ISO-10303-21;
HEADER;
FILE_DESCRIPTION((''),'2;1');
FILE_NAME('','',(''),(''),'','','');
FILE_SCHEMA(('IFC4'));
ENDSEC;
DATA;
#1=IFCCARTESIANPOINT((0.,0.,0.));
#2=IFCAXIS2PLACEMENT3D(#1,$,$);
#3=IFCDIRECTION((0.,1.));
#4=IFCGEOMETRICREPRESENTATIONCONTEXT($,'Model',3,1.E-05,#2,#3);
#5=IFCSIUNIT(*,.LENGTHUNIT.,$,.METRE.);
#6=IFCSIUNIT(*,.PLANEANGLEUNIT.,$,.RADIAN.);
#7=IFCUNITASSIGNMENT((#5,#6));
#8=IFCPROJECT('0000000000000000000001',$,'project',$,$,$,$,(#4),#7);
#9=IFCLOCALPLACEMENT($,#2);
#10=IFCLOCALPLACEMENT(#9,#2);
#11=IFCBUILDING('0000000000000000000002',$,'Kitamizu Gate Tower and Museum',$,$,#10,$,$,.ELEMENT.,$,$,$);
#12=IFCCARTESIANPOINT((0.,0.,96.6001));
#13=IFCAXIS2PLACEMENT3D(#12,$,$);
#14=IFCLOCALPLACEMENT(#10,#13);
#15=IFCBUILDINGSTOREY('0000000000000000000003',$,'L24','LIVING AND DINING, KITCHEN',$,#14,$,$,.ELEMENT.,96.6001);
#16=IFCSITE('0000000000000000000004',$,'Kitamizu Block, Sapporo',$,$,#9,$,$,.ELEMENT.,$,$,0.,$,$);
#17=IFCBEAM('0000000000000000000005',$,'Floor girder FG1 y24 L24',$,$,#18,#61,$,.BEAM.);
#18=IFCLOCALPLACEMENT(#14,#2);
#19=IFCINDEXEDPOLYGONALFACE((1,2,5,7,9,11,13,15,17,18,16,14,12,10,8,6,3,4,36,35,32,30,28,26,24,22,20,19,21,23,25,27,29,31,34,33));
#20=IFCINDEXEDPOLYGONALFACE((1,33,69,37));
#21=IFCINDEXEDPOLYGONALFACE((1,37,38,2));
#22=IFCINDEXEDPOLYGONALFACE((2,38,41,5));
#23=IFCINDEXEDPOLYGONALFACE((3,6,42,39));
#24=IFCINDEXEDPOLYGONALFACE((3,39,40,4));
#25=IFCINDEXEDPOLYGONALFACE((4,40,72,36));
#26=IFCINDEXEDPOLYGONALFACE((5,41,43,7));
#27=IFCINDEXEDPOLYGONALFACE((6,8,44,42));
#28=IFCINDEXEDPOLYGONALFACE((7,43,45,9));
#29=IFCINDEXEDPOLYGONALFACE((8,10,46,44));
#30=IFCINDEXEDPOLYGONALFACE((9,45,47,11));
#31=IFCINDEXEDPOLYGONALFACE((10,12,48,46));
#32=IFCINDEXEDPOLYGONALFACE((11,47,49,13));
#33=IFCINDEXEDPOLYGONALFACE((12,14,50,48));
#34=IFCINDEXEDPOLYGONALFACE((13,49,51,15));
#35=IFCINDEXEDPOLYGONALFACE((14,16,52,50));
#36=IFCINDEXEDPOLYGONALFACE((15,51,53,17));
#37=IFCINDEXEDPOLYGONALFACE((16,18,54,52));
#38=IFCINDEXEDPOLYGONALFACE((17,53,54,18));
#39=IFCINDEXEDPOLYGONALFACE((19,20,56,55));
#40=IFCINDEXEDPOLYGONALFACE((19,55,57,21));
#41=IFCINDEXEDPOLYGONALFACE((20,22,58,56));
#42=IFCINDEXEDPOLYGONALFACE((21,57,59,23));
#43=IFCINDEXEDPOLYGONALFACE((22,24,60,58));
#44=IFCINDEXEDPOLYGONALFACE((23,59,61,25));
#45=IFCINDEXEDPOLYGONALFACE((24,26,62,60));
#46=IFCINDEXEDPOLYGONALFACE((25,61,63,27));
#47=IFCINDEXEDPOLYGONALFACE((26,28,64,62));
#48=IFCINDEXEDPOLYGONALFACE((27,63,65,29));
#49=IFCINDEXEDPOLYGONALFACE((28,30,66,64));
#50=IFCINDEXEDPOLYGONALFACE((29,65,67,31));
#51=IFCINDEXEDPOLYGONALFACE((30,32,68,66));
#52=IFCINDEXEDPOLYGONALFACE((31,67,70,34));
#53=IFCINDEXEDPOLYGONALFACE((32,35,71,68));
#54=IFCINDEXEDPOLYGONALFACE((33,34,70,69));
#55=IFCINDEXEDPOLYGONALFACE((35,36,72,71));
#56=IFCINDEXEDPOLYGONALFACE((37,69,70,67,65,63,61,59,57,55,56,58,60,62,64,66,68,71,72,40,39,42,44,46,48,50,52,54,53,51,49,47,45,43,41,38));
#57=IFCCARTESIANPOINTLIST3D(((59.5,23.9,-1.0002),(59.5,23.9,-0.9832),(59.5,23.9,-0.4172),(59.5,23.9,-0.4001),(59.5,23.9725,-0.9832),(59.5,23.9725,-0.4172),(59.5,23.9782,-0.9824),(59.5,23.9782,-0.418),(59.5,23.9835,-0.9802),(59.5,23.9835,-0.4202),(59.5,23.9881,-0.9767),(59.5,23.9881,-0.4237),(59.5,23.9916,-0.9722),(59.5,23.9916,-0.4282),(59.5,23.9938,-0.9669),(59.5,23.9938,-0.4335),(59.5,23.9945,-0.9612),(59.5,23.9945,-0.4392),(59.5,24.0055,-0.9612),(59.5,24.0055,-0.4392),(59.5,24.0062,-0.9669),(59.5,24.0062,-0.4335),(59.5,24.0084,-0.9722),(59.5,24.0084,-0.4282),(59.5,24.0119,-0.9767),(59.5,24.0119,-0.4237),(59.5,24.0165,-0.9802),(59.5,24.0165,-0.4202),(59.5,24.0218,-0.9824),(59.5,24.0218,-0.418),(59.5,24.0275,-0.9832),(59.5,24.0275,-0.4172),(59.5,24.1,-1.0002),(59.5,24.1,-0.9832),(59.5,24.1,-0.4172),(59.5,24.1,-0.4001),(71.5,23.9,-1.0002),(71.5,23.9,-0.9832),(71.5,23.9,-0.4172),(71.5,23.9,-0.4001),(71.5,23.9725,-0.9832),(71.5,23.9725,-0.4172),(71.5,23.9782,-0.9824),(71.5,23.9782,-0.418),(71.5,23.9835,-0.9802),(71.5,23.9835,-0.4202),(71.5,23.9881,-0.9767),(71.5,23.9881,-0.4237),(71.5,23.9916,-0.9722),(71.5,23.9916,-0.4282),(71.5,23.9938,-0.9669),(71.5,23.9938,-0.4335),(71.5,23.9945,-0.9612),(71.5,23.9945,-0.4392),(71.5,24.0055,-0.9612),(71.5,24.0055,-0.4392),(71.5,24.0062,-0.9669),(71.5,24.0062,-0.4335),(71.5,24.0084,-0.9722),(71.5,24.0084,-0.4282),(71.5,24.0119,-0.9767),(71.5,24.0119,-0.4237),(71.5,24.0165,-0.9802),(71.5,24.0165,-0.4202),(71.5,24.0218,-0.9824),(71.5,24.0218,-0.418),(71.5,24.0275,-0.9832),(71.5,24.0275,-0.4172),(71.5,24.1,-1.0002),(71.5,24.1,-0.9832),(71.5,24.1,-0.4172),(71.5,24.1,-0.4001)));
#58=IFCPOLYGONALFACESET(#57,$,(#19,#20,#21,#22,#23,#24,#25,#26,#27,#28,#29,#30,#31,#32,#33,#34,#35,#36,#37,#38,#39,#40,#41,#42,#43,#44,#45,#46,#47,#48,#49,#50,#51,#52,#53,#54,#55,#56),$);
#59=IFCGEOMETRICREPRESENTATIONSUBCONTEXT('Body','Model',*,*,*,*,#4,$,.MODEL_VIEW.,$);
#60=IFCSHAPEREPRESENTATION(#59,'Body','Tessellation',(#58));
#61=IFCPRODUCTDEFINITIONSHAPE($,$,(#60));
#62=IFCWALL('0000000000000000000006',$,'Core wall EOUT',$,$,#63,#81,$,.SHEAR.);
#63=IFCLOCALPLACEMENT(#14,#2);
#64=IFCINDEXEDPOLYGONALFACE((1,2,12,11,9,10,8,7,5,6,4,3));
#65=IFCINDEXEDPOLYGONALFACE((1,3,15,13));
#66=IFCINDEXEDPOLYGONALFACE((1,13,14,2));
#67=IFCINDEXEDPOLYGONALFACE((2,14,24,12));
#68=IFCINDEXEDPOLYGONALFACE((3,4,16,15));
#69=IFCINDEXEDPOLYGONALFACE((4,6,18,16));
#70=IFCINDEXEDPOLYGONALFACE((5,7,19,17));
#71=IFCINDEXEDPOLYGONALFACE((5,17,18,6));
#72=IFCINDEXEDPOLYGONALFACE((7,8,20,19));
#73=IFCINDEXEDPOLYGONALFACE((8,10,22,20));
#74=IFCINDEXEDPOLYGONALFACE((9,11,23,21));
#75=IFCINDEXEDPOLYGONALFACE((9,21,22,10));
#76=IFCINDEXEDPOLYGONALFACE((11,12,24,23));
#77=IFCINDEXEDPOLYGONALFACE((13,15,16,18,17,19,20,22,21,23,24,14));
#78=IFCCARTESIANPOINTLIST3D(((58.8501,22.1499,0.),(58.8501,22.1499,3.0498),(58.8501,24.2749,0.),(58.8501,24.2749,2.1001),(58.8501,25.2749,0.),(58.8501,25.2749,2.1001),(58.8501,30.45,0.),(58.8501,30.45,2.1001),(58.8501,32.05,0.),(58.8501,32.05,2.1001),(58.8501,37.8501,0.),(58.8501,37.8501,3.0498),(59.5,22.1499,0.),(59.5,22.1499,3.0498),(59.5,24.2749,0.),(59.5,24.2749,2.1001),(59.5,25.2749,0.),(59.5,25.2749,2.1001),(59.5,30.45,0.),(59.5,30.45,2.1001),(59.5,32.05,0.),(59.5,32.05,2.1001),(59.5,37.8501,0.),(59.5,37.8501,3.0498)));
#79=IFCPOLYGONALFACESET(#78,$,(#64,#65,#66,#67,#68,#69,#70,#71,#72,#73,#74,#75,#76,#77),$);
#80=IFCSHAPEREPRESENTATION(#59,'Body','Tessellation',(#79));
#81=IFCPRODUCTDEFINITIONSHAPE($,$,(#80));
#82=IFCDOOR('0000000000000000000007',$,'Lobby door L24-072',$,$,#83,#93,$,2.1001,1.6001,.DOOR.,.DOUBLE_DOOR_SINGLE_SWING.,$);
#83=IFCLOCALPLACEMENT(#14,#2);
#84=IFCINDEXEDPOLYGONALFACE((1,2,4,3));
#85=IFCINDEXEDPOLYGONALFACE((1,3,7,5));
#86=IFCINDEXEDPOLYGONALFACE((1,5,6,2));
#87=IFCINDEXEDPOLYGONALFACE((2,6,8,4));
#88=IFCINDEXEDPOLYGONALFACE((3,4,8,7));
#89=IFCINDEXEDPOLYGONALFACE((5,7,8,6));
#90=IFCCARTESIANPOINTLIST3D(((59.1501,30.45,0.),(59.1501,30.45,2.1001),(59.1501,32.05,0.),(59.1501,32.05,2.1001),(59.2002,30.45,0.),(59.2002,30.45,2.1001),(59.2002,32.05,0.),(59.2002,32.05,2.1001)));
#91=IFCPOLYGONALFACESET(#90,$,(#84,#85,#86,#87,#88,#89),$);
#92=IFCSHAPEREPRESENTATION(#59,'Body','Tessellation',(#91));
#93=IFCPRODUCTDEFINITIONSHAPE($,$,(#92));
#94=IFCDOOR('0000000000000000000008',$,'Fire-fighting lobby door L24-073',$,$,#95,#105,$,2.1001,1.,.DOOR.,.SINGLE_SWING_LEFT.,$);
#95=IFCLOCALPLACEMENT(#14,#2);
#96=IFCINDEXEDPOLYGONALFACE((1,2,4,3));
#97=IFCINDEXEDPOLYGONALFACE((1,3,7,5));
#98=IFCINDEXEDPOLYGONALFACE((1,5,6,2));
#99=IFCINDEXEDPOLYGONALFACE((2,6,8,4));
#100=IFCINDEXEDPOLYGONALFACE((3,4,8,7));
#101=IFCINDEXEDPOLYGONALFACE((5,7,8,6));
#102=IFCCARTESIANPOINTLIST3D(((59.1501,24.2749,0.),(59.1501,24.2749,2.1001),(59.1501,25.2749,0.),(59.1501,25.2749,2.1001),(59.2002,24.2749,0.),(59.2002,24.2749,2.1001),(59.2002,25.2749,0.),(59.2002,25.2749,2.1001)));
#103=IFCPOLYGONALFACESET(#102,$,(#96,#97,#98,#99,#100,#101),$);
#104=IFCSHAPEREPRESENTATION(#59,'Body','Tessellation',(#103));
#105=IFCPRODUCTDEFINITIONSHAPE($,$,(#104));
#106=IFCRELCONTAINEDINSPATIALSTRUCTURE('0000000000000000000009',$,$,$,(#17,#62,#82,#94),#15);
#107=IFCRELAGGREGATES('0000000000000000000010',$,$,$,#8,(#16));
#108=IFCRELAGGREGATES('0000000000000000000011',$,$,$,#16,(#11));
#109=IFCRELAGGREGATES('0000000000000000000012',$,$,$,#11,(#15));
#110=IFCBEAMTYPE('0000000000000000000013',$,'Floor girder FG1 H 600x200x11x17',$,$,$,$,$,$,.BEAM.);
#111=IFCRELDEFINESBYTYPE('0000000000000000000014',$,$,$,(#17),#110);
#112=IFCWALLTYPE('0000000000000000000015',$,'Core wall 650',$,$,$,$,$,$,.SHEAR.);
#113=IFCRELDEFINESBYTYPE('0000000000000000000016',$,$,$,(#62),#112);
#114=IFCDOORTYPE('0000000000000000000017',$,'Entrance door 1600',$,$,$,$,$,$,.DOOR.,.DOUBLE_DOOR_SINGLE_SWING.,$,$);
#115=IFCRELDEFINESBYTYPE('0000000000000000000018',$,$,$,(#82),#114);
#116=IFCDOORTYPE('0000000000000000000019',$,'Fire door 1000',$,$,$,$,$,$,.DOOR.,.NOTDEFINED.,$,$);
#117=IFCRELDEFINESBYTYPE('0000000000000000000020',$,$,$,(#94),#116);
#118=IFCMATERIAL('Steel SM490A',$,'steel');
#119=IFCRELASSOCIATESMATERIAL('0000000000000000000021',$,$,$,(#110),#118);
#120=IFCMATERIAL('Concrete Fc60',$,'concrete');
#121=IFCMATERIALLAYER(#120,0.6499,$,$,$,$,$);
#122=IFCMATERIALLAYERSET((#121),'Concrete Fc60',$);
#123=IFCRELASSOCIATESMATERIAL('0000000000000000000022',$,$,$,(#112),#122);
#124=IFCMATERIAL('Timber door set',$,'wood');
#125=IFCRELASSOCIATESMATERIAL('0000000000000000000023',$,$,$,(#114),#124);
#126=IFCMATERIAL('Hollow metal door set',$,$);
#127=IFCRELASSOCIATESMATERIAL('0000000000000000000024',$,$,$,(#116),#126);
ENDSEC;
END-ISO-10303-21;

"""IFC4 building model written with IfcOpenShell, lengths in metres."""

from ifc_helpers import new_model, si_unit, direction, frame, frame_2d, origin, origin_2d, place, context, subcontext, project, spatial, rectangle, i_section, extrude, material, layer, layer_set, material_profile, profile_set, type_object, element, fill, save


model = new_model("IFC4")

# Units and contexts
model_context = context("Model", 3, precision=1e-05, world=origin(), true_north=direction((0.0, 1.0)))
body_context = subcontext(model_context, "Body", "Model", "MODEL_VIEW")
ifc_project = project(units=[si_unit("LENGTHUNIT", "METRE"), si_unit("PLANEANGLEUNIT", "RADIAN")], contexts=[model_context])

# Site, building, storey
site_placement = place(None, origin())
site = spatial("IfcSite", under=ifc_project, at=site_placement, Name="Kitamizu Block, Sapporo", CompositionType="ELEMENT", RefElevation=0.0)
building_placement = place(site_placement, origin())
building = spatial("IfcBuilding", under=site, at=building_placement, Name="Kitamizu Gate Tower and Museum", CompositionType="ELEMENT")
storey_placement = place(building_placement, frame((0.0, 0.0, 96.6001)))
storey = spatial("IfcBuildingStorey", under=building, at=storey_placement, Name="L24", Description="LIVING AND DINING, KITCHEN", CompositionType="ELEMENT", Elevation=96.6001)

# Beam
ifc_material_1 = material(Name="Steel SM490A", Category="steel")
ifc_material_profile = material_profile(ifc_material_1, i_section(OverallWidth=0.2, OverallDepth=0.6001, WebThickness=0.011, FlangeThickness=0.0171, FilletRadius=0.022, at=origin_2d()), Name="H-600x200x11x17")
ifc_profile_set = profile_set([ifc_material_profile], Name="Steel SM490A")
beam_type = type_object("IfcBeamType", Name="Floor girder FG1 H 600x200x11x17", PredefinedType="BEAM", material=ifc_profile_set)
beam_placement = place(storey_placement, frame((59.5, 24.0, -0.7002), z_axis=(1.0, 0.0, 0.0), x_axis=(0.0, 1.0, 0.0)))
element("IfcBeam", 1, at=beam_placement, inside=storey, type_object=beam_type, Name="Floor girder FG1 y24 L24", PredefinedType="BEAM", context=body_context, shape_type="SweptSolid", body=[
    extrude(i_section(OverallWidth=0.2, OverallDepth=0.6001, WebThickness=0.011, FlangeThickness=0.0171, FilletRadius=0.022, at=origin_2d()), origin(), (0.0, 0.0, 1.0), 12.0),
])

# Wall, openings, doors
ifc_material_2 = material(Name="Concrete Fc60", Category="concrete")
ifc_layer_1 = layer(ifc_material_2, 0.6499)
ifc_layer_set_1 = layer_set([ifc_layer_1], Name="Concrete Fc60")
wall_type_1 = type_object("IfcWallType", Name="Core wall 650", PredefinedType="SHEAR", material=ifc_layer_set_1)
wall_1_placement = place(storey_placement, frame((59.175, 22.1499, 0.0), z_axis=(0.0, 0.0, 1.0), x_axis=(0.0, 1.0, 0.0)))
wall_1 = element("IfcWall", 2, at=wall_1_placement, inside=storey, type_object=wall_type_1, Name="Core wall EOUT", PredefinedType="SHEAR", context=body_context, shape_type="SweptSolid", body=[
    extrude(rectangle(XDim=15.7002, YDim=0.6499, at=frame_2d((7.8501, 0.0))), origin(), (0.0, 0.0, 1.0), 3.0498),
])
opening_1_placement = place(wall_1_placement, frame((8.3, 0.0, 0.0)))
opening_1 = element("IfcOpeningElement", 3, at=opening_1_placement, cuts=wall_1, PredefinedType="OPENING", context=body_context, shape_type="SweptSolid", body=[
    extrude(rectangle(XDim=1.6001, YDim=2.1001, at=frame_2d((0.8, 1.05))), frame((0.0, 0.335, 0.0), z_axis=(0.0, -1.0, 0.0), x_axis=(1.0, 0.0, 0.0)), (0.0, 0.0, 1.0), 0.6699),
])
opening_2_placement = place(wall_1_placement, frame((2.125, 0.0, 0.0)))
opening_2 = element("IfcOpeningElement", 4, at=opening_2_placement, cuts=wall_1, PredefinedType="OPENING", context=body_context, shape_type="SweptSolid", body=[
    extrude(rectangle(XDim=1.0, YDim=2.1001, at=frame_2d((0.5, 1.05))), frame((0.0, 0.335, 0.0), z_axis=(0.0, -1.0, 0.0), x_axis=(1.0, 0.0, 0.0)), (0.0, 0.0, 1.0), 0.6699),
])
ifc_material_3 = material(Name="Timber door set", Category="wood")
door_type_1 = type_object("IfcDoorType", Name="Entrance door 1600", OperationType="DOUBLE_DOOR_SINGLE_SWING", PredefinedType="DOOR", material=ifc_material_3)
door_1_placement = place(opening_1_placement, origin())
door_1 = element("IfcDoor", 5, at=door_1_placement, inside=storey, type_object=door_type_1, Name="Lobby door L24-072", OperationType="DOUBLE_DOOR_SINGLE_SWING", OverallHeight=2.1001, OverallWidth=1.6001, PredefinedType="DOOR", context=body_context, shape_type="SweptSolid", body=[
    extrude(rectangle(XDim=1.6001, YDim=2.1001, at=frame_2d((0.8, 1.05))), frame((0.0, 0.0249, 0.0), z_axis=(0.0, -1.0, 0.0), x_axis=(1.0, 0.0, 0.0)), (0.0, 0.0, 1.0), 0.05),
])
fill(opening_1, door_1)
ifc_material_4 = material(Name="Hollow metal door set")
door_type_2 = type_object("IfcDoorType", Name="Fire door 1000", OperationType="NOTDEFINED", PredefinedType="DOOR", material=ifc_material_4)
door_2_placement = place(opening_2_placement, origin())
door_2 = element("IfcDoor", 6, at=door_2_placement, inside=storey, type_object=door_type_2, Name="Fire-fighting lobby door L24-073", OperationType="SINGLE_SWING_LEFT", OverallHeight=2.1001, OverallWidth=1.0, PredefinedType="DOOR", context=body_context, shape_type="SweptSolid", body=[
    extrude(rectangle(XDim=1.0, YDim=2.1001, at=frame_2d((0.5, 1.05))), frame((0.0, 0.0249, 0.0), z_axis=(0.0, -1.0, 0.0), x_axis=(1.0, 0.0, 0.0)), (0.0, 0.0, 1.0), 0.05),
])
fill(opening_2, door_2)

save(model, "model.ifc")
